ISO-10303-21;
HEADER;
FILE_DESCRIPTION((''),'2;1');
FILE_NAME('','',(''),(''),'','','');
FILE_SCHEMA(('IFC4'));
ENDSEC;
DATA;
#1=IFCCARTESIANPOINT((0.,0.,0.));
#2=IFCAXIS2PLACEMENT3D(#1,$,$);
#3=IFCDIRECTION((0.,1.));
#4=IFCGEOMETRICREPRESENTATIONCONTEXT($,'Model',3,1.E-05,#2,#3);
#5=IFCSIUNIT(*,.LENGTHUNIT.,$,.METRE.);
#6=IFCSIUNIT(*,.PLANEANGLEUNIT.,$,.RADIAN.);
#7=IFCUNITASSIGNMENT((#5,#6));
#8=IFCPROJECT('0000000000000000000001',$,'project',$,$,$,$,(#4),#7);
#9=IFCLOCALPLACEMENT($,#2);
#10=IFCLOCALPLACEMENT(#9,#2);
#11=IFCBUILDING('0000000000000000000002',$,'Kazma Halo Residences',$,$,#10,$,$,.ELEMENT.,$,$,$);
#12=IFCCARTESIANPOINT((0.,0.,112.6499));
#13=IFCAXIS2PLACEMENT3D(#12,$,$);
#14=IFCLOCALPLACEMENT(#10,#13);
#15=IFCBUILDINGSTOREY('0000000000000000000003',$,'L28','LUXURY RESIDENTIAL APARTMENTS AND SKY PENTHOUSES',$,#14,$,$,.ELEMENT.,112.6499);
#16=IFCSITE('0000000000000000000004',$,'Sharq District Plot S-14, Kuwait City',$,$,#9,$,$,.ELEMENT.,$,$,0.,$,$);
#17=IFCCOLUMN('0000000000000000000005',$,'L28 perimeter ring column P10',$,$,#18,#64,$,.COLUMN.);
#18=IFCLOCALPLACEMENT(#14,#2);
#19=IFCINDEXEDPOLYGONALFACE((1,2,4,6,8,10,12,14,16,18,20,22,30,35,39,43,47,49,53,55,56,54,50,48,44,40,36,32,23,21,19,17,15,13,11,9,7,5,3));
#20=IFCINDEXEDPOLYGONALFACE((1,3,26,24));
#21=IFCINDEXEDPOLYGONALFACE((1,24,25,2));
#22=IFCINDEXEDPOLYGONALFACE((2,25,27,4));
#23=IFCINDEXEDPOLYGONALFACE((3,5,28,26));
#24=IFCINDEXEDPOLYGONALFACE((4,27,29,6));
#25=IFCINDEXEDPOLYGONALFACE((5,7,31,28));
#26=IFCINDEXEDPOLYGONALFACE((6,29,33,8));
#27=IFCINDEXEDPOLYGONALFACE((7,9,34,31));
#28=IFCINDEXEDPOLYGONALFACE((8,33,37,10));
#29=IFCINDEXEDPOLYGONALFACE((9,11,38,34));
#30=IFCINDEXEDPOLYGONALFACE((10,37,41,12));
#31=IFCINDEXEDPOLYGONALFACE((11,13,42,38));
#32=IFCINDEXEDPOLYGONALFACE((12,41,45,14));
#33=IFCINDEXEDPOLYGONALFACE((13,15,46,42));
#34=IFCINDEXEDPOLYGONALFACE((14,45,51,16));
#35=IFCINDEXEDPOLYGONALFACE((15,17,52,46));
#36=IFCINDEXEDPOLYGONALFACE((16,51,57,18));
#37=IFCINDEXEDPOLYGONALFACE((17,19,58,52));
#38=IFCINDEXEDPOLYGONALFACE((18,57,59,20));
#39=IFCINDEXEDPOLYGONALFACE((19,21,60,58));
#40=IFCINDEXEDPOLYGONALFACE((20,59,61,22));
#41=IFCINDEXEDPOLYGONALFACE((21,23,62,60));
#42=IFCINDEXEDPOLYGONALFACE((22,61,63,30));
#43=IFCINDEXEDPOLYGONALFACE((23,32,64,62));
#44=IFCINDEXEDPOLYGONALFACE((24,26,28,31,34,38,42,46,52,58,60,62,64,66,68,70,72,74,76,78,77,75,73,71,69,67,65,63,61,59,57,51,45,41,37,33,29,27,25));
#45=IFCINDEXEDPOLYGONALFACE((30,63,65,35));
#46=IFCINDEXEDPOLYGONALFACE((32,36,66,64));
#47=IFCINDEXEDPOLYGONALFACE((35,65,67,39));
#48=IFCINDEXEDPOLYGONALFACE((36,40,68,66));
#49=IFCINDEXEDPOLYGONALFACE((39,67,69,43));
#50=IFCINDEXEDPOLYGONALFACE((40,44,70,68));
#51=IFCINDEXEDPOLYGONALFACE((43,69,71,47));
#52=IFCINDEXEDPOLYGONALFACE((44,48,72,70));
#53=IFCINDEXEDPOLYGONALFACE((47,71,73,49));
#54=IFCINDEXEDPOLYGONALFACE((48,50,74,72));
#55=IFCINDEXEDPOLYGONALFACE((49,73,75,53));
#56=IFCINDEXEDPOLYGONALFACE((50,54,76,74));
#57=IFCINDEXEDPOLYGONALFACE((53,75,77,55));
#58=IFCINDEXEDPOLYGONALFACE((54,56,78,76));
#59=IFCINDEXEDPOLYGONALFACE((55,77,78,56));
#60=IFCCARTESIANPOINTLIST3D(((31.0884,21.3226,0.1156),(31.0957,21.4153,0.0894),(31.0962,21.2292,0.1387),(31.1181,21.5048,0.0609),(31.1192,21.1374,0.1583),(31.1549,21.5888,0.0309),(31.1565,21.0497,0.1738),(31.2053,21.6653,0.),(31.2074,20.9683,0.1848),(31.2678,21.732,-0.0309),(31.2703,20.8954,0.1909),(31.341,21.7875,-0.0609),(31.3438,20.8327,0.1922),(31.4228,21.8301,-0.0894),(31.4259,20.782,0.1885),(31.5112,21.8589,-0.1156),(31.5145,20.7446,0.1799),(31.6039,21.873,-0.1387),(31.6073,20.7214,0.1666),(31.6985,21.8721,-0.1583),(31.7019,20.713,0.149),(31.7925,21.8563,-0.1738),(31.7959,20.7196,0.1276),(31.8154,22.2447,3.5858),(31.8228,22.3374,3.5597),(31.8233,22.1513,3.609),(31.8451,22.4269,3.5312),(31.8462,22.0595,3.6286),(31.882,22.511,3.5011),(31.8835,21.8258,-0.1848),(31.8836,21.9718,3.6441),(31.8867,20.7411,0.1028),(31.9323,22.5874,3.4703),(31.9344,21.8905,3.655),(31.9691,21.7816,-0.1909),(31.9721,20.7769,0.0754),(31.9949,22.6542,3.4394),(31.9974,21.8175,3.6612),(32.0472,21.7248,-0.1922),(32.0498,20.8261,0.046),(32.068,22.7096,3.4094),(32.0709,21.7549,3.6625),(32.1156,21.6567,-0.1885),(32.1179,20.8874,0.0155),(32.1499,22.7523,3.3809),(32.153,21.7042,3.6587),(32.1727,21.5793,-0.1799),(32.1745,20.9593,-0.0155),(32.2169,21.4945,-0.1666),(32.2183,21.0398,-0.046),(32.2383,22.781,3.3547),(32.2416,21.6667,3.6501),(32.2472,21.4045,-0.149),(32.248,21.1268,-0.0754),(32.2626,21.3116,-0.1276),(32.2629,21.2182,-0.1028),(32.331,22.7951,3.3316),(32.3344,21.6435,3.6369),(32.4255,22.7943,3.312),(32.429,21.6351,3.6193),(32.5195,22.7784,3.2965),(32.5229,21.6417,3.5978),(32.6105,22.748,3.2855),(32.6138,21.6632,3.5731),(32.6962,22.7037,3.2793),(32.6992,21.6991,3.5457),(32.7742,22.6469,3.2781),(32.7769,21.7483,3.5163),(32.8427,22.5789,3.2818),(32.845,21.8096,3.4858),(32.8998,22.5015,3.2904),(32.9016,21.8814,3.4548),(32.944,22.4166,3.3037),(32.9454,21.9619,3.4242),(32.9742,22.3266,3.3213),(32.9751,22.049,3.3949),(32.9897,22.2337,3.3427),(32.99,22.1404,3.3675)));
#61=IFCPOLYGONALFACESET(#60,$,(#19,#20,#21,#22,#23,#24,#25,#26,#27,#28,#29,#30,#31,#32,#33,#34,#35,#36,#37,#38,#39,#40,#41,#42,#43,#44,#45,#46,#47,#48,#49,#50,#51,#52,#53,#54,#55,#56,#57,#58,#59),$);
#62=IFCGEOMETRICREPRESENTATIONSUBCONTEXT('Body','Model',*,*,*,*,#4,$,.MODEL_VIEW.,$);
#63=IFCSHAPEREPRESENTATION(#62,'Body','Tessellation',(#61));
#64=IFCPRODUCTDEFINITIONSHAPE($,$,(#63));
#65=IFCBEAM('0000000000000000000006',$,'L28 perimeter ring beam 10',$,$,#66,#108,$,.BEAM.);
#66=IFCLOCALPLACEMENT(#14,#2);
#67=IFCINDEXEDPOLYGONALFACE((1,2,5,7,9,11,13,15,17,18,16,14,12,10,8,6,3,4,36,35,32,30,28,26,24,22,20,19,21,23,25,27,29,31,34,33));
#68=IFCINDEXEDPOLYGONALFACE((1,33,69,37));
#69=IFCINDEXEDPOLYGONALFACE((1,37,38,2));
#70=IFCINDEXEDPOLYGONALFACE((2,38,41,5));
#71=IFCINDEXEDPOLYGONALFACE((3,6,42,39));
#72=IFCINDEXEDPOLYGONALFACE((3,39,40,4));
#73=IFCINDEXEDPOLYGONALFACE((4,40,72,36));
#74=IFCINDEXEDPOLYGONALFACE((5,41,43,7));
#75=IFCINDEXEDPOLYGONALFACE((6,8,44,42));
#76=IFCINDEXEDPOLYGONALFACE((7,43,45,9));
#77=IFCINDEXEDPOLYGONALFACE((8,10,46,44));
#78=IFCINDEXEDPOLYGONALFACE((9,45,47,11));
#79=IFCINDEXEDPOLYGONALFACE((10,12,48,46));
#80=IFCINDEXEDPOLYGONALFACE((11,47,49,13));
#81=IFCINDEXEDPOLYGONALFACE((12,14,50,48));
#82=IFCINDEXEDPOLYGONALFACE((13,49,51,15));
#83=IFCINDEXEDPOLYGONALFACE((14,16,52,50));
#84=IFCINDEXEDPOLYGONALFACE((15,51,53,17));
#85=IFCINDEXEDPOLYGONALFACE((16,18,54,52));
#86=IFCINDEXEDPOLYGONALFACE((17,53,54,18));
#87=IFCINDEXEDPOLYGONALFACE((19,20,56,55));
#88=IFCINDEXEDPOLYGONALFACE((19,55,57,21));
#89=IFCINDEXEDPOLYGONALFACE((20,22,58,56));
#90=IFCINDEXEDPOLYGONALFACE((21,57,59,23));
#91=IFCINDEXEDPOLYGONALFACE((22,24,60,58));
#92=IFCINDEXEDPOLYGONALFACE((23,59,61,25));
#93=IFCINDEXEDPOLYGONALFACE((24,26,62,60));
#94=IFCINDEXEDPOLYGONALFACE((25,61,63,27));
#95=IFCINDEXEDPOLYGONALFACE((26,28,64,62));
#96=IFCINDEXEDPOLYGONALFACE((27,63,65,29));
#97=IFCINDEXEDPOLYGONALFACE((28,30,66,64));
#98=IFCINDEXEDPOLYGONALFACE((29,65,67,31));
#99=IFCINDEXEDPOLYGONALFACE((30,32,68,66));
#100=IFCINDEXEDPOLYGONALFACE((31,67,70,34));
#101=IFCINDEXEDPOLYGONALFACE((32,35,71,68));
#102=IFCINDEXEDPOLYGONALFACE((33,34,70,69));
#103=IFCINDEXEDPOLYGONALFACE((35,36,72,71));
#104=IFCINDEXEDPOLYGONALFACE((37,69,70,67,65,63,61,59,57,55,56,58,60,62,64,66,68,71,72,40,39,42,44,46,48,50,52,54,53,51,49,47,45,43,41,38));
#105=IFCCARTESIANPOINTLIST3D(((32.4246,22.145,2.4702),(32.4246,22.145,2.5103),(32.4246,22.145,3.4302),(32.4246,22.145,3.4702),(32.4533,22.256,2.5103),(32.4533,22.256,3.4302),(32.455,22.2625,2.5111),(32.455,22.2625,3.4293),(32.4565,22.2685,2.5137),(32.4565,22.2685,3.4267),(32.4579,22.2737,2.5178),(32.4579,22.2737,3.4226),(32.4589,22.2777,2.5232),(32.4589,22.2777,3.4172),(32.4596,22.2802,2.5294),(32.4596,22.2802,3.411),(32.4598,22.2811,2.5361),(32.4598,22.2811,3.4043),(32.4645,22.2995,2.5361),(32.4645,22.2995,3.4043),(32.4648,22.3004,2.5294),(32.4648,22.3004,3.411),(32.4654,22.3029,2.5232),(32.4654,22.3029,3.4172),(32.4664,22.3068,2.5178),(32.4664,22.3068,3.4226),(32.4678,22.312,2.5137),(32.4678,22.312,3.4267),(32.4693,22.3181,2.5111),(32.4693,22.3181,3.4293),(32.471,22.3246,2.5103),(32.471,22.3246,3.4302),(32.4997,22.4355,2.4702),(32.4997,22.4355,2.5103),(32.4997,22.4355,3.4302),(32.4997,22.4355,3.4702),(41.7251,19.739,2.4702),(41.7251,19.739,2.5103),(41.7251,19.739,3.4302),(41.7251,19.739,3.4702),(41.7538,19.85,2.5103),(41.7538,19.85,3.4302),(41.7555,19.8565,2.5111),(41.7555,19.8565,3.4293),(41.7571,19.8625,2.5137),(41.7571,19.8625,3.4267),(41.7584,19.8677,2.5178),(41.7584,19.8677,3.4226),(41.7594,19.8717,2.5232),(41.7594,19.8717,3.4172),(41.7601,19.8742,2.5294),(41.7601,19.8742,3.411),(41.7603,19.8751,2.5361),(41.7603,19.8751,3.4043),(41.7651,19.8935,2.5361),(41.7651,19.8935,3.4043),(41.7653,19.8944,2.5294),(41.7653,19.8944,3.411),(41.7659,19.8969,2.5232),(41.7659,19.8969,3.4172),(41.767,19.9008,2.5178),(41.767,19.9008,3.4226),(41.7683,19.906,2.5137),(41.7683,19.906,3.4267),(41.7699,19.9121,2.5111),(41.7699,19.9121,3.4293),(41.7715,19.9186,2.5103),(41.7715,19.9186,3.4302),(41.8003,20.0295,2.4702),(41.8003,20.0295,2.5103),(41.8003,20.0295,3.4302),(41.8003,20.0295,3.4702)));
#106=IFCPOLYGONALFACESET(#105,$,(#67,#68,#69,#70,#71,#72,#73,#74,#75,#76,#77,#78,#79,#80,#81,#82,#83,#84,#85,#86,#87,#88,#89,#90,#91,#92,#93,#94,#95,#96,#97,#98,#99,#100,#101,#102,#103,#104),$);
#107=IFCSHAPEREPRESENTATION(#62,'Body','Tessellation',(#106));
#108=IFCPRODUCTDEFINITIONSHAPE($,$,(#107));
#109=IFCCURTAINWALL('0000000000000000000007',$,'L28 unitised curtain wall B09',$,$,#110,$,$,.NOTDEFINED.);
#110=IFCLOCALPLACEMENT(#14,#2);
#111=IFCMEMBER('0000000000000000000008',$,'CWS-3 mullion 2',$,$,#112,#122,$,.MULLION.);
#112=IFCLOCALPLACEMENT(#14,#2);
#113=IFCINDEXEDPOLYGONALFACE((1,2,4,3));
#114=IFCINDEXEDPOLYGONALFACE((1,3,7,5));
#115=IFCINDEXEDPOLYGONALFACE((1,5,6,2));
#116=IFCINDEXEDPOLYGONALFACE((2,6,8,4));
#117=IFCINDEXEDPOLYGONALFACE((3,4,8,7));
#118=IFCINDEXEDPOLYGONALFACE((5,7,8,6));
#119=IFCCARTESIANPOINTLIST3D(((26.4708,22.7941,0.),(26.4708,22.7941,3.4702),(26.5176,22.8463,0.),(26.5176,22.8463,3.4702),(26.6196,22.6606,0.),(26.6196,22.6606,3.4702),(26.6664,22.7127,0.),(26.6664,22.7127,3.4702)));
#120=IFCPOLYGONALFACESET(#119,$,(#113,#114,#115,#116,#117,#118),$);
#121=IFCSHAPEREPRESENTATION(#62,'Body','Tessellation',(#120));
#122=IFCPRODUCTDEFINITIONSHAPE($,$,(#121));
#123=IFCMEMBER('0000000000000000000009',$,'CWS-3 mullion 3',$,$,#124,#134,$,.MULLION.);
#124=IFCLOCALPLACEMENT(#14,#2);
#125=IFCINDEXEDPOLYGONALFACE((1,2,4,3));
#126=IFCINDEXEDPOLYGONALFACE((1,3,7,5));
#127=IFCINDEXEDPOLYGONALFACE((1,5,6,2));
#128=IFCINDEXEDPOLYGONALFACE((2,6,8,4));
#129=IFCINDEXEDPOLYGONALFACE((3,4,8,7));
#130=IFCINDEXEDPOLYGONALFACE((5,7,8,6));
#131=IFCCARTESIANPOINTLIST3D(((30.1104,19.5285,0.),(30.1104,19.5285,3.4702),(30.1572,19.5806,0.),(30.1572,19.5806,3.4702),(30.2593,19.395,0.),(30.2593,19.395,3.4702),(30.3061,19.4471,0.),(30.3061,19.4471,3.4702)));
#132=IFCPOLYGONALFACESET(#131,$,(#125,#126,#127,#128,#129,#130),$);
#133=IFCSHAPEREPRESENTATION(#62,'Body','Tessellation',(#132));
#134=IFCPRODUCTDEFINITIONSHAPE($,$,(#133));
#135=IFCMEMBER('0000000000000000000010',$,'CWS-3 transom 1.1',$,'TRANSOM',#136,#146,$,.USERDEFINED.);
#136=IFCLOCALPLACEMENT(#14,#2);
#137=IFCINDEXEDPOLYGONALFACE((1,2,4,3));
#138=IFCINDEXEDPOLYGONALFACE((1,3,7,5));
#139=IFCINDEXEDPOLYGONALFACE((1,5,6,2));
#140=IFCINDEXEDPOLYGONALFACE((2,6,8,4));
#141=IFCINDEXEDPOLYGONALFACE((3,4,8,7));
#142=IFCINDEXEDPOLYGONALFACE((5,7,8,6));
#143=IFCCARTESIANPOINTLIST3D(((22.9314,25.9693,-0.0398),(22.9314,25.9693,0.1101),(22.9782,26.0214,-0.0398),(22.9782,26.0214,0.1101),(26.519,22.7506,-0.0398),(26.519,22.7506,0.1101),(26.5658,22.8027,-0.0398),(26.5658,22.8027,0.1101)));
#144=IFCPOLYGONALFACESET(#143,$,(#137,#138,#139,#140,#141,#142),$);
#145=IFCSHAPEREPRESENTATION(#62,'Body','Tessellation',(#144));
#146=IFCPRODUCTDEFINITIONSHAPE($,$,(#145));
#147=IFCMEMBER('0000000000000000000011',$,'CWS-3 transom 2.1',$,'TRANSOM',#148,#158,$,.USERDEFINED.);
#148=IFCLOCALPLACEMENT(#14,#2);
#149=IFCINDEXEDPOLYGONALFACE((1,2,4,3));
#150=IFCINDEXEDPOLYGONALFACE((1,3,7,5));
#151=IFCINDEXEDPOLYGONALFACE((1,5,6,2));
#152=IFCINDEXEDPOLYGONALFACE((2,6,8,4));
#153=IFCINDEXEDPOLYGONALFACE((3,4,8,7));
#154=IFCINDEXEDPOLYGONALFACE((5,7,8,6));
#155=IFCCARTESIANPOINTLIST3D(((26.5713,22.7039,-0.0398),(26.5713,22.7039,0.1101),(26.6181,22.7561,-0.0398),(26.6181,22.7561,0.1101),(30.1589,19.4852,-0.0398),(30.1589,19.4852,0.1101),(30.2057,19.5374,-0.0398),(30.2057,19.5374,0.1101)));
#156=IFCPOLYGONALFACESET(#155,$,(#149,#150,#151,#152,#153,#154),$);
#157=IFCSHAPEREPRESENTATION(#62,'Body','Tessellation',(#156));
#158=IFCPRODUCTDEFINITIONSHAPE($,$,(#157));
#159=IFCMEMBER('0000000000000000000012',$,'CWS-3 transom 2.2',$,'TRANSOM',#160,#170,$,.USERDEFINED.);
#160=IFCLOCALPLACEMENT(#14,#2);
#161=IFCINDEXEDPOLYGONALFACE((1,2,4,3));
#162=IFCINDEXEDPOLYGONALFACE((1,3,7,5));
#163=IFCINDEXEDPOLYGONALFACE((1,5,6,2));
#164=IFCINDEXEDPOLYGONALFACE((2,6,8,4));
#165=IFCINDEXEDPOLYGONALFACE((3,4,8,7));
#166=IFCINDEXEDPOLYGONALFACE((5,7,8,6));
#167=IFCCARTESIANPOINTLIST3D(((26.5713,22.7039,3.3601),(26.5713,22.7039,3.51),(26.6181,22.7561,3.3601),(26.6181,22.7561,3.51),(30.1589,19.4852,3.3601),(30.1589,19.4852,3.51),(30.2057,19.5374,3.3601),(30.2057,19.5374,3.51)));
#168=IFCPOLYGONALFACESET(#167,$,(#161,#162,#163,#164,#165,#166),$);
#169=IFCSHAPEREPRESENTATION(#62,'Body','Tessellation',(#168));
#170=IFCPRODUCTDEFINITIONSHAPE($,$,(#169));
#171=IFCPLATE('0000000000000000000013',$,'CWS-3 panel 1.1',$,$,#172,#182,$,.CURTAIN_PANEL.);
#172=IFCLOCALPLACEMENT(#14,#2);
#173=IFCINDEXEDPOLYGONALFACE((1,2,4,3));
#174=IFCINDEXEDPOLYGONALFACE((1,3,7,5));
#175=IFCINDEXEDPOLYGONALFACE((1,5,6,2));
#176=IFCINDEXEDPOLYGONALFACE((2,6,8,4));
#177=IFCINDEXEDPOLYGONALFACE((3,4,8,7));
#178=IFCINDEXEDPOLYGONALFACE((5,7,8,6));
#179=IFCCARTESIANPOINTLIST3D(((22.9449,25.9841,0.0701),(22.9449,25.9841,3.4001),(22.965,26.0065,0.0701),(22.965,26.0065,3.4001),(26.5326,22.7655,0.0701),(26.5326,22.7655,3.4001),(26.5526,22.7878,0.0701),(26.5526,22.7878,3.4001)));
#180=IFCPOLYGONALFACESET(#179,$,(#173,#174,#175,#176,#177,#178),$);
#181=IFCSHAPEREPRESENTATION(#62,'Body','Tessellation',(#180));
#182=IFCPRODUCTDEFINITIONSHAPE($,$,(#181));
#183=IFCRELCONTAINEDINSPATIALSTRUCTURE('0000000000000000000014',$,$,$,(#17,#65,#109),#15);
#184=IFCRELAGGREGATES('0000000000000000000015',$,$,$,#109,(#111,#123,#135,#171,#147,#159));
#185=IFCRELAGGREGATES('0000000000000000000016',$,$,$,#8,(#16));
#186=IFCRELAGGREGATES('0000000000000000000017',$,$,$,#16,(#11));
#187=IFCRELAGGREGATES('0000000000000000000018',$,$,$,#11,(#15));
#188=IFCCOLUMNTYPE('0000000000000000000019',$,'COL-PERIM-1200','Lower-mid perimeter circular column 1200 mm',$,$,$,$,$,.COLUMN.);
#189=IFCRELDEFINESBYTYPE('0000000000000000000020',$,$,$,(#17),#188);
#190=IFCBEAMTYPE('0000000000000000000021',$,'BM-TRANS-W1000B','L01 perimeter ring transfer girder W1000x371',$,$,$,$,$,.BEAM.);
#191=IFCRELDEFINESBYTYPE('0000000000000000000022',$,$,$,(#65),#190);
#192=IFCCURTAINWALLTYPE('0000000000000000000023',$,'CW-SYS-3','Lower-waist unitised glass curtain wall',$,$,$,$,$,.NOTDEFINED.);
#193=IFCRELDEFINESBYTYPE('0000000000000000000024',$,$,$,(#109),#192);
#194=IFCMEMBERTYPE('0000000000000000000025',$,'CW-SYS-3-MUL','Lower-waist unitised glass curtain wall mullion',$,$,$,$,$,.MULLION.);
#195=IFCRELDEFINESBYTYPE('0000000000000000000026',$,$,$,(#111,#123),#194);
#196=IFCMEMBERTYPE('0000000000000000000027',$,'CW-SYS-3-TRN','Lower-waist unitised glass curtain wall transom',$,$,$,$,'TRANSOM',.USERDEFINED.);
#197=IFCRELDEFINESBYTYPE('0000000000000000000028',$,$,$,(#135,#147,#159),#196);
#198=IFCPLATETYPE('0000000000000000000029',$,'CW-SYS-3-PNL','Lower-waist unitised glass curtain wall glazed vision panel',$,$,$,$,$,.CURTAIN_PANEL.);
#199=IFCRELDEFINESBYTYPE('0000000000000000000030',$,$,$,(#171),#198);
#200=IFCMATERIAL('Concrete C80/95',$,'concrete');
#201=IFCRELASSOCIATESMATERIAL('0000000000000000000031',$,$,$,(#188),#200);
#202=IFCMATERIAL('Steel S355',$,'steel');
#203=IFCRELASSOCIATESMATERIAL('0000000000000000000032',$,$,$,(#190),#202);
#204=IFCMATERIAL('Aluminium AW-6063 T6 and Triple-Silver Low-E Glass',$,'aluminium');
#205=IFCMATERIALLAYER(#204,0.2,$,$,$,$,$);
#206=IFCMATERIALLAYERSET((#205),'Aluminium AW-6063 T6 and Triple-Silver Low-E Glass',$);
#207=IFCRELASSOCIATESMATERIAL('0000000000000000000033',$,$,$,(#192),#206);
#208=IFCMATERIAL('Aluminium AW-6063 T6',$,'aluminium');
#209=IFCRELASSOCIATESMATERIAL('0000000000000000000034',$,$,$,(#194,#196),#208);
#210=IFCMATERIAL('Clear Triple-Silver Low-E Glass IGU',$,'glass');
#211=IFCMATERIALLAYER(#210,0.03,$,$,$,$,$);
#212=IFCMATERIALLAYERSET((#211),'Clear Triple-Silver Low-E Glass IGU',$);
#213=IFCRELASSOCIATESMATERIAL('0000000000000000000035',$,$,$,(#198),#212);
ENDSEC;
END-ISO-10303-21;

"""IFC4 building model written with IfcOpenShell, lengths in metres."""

from ifc_helpers import new_model, si_unit, direction, frame, origin, origin_2d, place, context, subcontext, project, spatial, rectangle, circle, i_section, extrude, material, layer, layer_set, material_profile, profile_set, type_object, element, aggregate, save


model = new_model("IFC4")

# Units and contexts
model_context = context("Model", 3, precision=1e-05, world=origin(), true_north=direction((0.0, 1.0)))
body_context = subcontext(model_context, "Body", "Model", "MODEL_VIEW")
ifc_project = project(units=[si_unit("LENGTHUNIT", "METRE"), si_unit("PLANEANGLEUNIT", "RADIAN")], contexts=[model_context])

# Site, building, storey
site_placement = place(None, origin())
site = spatial("IfcSite", under=ifc_project, at=site_placement, Name="Sharq District Plot S-14, Kuwait City", CompositionType="ELEMENT", RefElevation=0.0)
building_placement = place(site_placement, origin())
building = spatial("IfcBuilding", under=site, at=building_placement, Name="Kazma Halo Residences", CompositionType="ELEMENT")
storey_placement = place(building_placement, frame((0.0, 0.0, 112.6499)))
storey = spatial("IfcBuildingStorey", under=building, at=storey_placement, Name="L28", Description="LUXURY RESIDENTIAL APARTMENTS AND SKY PENTHOUSES", CompositionType="ELEMENT", Elevation=112.6499)

# Column
ifc_material_1 = material(Name="Concrete C80/95", Category="concrete")
ifc_material_profile_1 = material_profile(ifc_material_1, circle(Radius=0.6001, at=origin_2d()), Name="CIRC1200")
ifc_profile_set_1 = profile_set([ifc_material_profile_1], Name="Concrete C80/95")
column_type = type_object("IfcColumnType", Name="COL-PERIM-1200", Description="Lower-mid perimeter circular column 1200 mm", PredefinedType="COLUMN", material=ifc_profile_set_1)
column_placement = place(storey_placement, frame((31.6765, 21.2937, 0.0), z_axis=(0.198457, 0.251704, 0.947238), x_axis=(-0.785271, 0.619152, 0.0)))
element("IfcColumn", 1, at=column_placement, inside=storey, type_object=column_type, Name="L28 perimeter ring column P10", PredefinedType="COLUMN", context=body_context, shape_type="SweptSolid", body=[
    extrude(circle(Radius=0.6001, at=origin_2d()), origin(), (0.0, 0.0, 1.0), 3.6636),
])

# Beam
ifc_material_2 = material(Name="Steel S355", Category="steel")
ifc_material_profile_2 = material_profile(ifc_material_2, i_section(OverallWidth=0.3, OverallDepth=1.0, WebThickness=0.019, FlangeThickness=0.04, FilletRadius=0.0259, at=origin_2d()), Name="W1000x371")
ifc_profile_set_2 = profile_set([ifc_material_profile_2], Name="Steel S355")
beam_type = type_object("IfcBeamType", Name="BM-TRANS-W1000B", Description="L01 perimeter ring transfer girder W1000x371", PredefinedType="BEAM", material=ifc_profile_set_2)
beam_placement = place(storey_placement, frame((32.4622, 22.2903, 2.9702), z_axis=(0.968129, -0.250451, 0.0), x_axis=(0.250451, 0.968129, 0.0)))
element("IfcBeam", 2, at=beam_placement, inside=storey, type_object=beam_type, Name="L28 perimeter ring beam 10", PredefinedType="BEAM", context=body_context, shape_type="SweptSolid", body=[
    extrude(i_section(OverallWidth=0.3, OverallDepth=1.0, WebThickness=0.019, FlangeThickness=0.04, FilletRadius=0.0259, at=origin_2d()), origin(), (0.0, 0.0, 1.0), 9.6067),
])

# Curtain wall, members, plate
ifc_material_3 = material(Name="Aluminium AW-6063 T6 and Triple-Silver Low-E Glass", Category="aluminium")
ifc_layer_1 = layer(ifc_material_3, 0.2)
ifc_layer_set_1 = layer_set([ifc_layer_1], Name="Aluminium AW-6063 T6 and Triple-Silver Low-E Glass")
curtain_wall_type = type_object("IfcCurtainWallType", Name="CW-SYS-3", Description="Lower-waist unitised glass curtain wall", PredefinedType="NOTDEFINED", material=ifc_layer_set_1)
curtain_wall_placement = place(storey_placement, origin())
curtain_wall = element("IfcCurtainWall", 3, at=curtain_wall_placement, inside=storey, type_object=curtain_wall_type, Name="L28 unitised curtain wall B09", PredefinedType="NOTDEFINED")
ifc_material_4 = material(Name="Aluminium AW-6063 T6", Category="aluminium")
ifc_material_profile_3 = material_profile(ifc_material_4, rectangle(XDim=0.0701, YDim=0.2, at=origin_2d()), Name="CWM-70x200")
ifc_profile_set_3 = profile_set([ifc_material_profile_3], Name="Aluminium AW-6063 T6")
member_type_1 = type_object("IfcMemberType", Name="CW-SYS-3-MUL", Description="Lower-waist unitised glass curtain wall mullion", PredefinedType="MULLION", material=ifc_profile_set_3)
member_1_placement = place(storey_placement, frame((26.5686, 22.7534, 0.0), z_axis=(0.0, 0.0, 1.0), x_axis=(0.667795, 0.744345, 0.0)))
member_1 = element("IfcMember", 4, at=member_1_placement, type_object=member_type_1, Name="CWS-3 mullion 2", PredefinedType="MULLION", context=body_context, shape_type="SweptSolid", body=[
    extrude(rectangle(XDim=0.0701, YDim=0.2, at=origin_2d()), origin(), (0.0, 0.0, 1.0), 3.4702),
])
member_2_placement = place(storey_placement, frame((30.2083, 19.4878, 0.0), z_axis=(0.0, 0.0, 1.0), x_axis=(0.667795, 0.744345, 0.0)))
member_2 = element("IfcMember", 5, at=member_2_placement, type_object=member_type_1, Name="CWS-3 mullion 3", PredefinedType="MULLION", context=body_context, shape_type="SweptSolid", body=[
    extrude(rectangle(XDim=0.0701, YDim=0.2, at=origin_2d()), origin(), (0.0, 0.0, 1.0), 3.4702),
])
ifc_material_profile_4 = material_profile(ifc_material_4, rectangle(XDim=0.0701, YDim=0.1499, at=origin_2d()), Name="CWT-70x150")
ifc_profile_set_4 = profile_set([ifc_material_profile_4], Name="Aluminium AW-6063 T6")
member_type_2 = type_object("IfcMemberType", Name="CW-SYS-3-TRN", Description="Lower-waist unitised glass curtain wall transom", ElementType="TRANSOM", PredefinedType="USERDEFINED", material=ifc_profile_set_4)
member_3_placement = place(storey_placement, frame((22.9548, 25.9954, 0.0352), z_axis=(0.744338, -0.667803, 0.0), x_axis=(0.667803, 0.744338, 0.0)))
member_3 = element("IfcMember", 6, at=member_3_placement, type_object=member_type_2, Name="CWS-3 transom 1.1", ObjectType="TRANSOM", PredefinedType="USERDEFINED", context=body_context, shape_type="SweptSolid", body=[
    extrude(rectangle(XDim=0.0701, YDim=0.1499, at=origin_2d()), origin(), (0.0, 0.0, 1.0), 4.8198),
])
member_4_placement = place(storey_placement, frame((26.5947, 22.73, 0.0352), z_axis=(0.744338, -0.667803, 0.0), x_axis=(0.667803, 0.744338, 0.0)))
member_4 = element("IfcMember", 7, at=member_4_placement, type_object=member_type_2, Name="CWS-3 transom 2.1", ObjectType="TRANSOM", PredefinedType="USERDEFINED", context=body_context, shape_type="SweptSolid", body=[
    extrude(rectangle(XDim=0.0701, YDim=0.1499, at=origin_2d()), origin(), (0.0, 0.0, 1.0), 4.8198),
])
member_5_placement = place(storey_placement, frame((26.5947, 22.73, 3.4351), z_axis=(0.744338, -0.667803, 0.0), x_axis=(0.667803, 0.744338, 0.0)))
member_5 = element("IfcMember", 8, at=member_5_placement, type_object=member_type_2, Name="CWS-3 transom 2.2", ObjectType="TRANSOM", PredefinedType="USERDEFINED", context=body_context, shape_type="SweptSolid", body=[
    extrude(rectangle(XDim=0.0701, YDim=0.1499, at=origin_2d()), origin(), (0.0, 0.0, 1.0), 4.8198),
])
ifc_material_5 = material(Name="Clear Triple-Silver Low-E Glass IGU", Category="glass")
ifc_layer_2 = layer(ifc_material_5, 0.03)
ifc_layer_set_2 = layer_set([ifc_layer_2], Name="Clear Triple-Silver Low-E Glass IGU")
plate_type = type_object("IfcPlateType", Name="CW-SYS-3-PNL", Description="Lower-waist unitised glass curtain wall glazed vision panel", PredefinedType="CURTAIN_PANEL", material=ifc_layer_set_2)
plate_1_placement = place(storey_placement, frame((24.7488, 24.386, 0.0701), z_axis=(0.0, 0.0, 1.0), x_axis=(0.744345, -0.667795, 0.0)))
plate_1 = element("IfcPlate", 9, at=plate_1_placement, type_object=plate_type, Name="CWS-3 panel 1.1", PredefinedType="CURTAIN_PANEL", context=body_context, shape_type="SweptSolid", body=[
    extrude(rectangle(XDim=4.8198, YDim=0.03, at=origin_2d()), origin(), (0.0, 0.0, 1.0), 3.3301),
])
aggregate(curtain_wall, [member_1, member_2, member_3, plate_1, member_4, member_5])

save(model, "model.ifc")
